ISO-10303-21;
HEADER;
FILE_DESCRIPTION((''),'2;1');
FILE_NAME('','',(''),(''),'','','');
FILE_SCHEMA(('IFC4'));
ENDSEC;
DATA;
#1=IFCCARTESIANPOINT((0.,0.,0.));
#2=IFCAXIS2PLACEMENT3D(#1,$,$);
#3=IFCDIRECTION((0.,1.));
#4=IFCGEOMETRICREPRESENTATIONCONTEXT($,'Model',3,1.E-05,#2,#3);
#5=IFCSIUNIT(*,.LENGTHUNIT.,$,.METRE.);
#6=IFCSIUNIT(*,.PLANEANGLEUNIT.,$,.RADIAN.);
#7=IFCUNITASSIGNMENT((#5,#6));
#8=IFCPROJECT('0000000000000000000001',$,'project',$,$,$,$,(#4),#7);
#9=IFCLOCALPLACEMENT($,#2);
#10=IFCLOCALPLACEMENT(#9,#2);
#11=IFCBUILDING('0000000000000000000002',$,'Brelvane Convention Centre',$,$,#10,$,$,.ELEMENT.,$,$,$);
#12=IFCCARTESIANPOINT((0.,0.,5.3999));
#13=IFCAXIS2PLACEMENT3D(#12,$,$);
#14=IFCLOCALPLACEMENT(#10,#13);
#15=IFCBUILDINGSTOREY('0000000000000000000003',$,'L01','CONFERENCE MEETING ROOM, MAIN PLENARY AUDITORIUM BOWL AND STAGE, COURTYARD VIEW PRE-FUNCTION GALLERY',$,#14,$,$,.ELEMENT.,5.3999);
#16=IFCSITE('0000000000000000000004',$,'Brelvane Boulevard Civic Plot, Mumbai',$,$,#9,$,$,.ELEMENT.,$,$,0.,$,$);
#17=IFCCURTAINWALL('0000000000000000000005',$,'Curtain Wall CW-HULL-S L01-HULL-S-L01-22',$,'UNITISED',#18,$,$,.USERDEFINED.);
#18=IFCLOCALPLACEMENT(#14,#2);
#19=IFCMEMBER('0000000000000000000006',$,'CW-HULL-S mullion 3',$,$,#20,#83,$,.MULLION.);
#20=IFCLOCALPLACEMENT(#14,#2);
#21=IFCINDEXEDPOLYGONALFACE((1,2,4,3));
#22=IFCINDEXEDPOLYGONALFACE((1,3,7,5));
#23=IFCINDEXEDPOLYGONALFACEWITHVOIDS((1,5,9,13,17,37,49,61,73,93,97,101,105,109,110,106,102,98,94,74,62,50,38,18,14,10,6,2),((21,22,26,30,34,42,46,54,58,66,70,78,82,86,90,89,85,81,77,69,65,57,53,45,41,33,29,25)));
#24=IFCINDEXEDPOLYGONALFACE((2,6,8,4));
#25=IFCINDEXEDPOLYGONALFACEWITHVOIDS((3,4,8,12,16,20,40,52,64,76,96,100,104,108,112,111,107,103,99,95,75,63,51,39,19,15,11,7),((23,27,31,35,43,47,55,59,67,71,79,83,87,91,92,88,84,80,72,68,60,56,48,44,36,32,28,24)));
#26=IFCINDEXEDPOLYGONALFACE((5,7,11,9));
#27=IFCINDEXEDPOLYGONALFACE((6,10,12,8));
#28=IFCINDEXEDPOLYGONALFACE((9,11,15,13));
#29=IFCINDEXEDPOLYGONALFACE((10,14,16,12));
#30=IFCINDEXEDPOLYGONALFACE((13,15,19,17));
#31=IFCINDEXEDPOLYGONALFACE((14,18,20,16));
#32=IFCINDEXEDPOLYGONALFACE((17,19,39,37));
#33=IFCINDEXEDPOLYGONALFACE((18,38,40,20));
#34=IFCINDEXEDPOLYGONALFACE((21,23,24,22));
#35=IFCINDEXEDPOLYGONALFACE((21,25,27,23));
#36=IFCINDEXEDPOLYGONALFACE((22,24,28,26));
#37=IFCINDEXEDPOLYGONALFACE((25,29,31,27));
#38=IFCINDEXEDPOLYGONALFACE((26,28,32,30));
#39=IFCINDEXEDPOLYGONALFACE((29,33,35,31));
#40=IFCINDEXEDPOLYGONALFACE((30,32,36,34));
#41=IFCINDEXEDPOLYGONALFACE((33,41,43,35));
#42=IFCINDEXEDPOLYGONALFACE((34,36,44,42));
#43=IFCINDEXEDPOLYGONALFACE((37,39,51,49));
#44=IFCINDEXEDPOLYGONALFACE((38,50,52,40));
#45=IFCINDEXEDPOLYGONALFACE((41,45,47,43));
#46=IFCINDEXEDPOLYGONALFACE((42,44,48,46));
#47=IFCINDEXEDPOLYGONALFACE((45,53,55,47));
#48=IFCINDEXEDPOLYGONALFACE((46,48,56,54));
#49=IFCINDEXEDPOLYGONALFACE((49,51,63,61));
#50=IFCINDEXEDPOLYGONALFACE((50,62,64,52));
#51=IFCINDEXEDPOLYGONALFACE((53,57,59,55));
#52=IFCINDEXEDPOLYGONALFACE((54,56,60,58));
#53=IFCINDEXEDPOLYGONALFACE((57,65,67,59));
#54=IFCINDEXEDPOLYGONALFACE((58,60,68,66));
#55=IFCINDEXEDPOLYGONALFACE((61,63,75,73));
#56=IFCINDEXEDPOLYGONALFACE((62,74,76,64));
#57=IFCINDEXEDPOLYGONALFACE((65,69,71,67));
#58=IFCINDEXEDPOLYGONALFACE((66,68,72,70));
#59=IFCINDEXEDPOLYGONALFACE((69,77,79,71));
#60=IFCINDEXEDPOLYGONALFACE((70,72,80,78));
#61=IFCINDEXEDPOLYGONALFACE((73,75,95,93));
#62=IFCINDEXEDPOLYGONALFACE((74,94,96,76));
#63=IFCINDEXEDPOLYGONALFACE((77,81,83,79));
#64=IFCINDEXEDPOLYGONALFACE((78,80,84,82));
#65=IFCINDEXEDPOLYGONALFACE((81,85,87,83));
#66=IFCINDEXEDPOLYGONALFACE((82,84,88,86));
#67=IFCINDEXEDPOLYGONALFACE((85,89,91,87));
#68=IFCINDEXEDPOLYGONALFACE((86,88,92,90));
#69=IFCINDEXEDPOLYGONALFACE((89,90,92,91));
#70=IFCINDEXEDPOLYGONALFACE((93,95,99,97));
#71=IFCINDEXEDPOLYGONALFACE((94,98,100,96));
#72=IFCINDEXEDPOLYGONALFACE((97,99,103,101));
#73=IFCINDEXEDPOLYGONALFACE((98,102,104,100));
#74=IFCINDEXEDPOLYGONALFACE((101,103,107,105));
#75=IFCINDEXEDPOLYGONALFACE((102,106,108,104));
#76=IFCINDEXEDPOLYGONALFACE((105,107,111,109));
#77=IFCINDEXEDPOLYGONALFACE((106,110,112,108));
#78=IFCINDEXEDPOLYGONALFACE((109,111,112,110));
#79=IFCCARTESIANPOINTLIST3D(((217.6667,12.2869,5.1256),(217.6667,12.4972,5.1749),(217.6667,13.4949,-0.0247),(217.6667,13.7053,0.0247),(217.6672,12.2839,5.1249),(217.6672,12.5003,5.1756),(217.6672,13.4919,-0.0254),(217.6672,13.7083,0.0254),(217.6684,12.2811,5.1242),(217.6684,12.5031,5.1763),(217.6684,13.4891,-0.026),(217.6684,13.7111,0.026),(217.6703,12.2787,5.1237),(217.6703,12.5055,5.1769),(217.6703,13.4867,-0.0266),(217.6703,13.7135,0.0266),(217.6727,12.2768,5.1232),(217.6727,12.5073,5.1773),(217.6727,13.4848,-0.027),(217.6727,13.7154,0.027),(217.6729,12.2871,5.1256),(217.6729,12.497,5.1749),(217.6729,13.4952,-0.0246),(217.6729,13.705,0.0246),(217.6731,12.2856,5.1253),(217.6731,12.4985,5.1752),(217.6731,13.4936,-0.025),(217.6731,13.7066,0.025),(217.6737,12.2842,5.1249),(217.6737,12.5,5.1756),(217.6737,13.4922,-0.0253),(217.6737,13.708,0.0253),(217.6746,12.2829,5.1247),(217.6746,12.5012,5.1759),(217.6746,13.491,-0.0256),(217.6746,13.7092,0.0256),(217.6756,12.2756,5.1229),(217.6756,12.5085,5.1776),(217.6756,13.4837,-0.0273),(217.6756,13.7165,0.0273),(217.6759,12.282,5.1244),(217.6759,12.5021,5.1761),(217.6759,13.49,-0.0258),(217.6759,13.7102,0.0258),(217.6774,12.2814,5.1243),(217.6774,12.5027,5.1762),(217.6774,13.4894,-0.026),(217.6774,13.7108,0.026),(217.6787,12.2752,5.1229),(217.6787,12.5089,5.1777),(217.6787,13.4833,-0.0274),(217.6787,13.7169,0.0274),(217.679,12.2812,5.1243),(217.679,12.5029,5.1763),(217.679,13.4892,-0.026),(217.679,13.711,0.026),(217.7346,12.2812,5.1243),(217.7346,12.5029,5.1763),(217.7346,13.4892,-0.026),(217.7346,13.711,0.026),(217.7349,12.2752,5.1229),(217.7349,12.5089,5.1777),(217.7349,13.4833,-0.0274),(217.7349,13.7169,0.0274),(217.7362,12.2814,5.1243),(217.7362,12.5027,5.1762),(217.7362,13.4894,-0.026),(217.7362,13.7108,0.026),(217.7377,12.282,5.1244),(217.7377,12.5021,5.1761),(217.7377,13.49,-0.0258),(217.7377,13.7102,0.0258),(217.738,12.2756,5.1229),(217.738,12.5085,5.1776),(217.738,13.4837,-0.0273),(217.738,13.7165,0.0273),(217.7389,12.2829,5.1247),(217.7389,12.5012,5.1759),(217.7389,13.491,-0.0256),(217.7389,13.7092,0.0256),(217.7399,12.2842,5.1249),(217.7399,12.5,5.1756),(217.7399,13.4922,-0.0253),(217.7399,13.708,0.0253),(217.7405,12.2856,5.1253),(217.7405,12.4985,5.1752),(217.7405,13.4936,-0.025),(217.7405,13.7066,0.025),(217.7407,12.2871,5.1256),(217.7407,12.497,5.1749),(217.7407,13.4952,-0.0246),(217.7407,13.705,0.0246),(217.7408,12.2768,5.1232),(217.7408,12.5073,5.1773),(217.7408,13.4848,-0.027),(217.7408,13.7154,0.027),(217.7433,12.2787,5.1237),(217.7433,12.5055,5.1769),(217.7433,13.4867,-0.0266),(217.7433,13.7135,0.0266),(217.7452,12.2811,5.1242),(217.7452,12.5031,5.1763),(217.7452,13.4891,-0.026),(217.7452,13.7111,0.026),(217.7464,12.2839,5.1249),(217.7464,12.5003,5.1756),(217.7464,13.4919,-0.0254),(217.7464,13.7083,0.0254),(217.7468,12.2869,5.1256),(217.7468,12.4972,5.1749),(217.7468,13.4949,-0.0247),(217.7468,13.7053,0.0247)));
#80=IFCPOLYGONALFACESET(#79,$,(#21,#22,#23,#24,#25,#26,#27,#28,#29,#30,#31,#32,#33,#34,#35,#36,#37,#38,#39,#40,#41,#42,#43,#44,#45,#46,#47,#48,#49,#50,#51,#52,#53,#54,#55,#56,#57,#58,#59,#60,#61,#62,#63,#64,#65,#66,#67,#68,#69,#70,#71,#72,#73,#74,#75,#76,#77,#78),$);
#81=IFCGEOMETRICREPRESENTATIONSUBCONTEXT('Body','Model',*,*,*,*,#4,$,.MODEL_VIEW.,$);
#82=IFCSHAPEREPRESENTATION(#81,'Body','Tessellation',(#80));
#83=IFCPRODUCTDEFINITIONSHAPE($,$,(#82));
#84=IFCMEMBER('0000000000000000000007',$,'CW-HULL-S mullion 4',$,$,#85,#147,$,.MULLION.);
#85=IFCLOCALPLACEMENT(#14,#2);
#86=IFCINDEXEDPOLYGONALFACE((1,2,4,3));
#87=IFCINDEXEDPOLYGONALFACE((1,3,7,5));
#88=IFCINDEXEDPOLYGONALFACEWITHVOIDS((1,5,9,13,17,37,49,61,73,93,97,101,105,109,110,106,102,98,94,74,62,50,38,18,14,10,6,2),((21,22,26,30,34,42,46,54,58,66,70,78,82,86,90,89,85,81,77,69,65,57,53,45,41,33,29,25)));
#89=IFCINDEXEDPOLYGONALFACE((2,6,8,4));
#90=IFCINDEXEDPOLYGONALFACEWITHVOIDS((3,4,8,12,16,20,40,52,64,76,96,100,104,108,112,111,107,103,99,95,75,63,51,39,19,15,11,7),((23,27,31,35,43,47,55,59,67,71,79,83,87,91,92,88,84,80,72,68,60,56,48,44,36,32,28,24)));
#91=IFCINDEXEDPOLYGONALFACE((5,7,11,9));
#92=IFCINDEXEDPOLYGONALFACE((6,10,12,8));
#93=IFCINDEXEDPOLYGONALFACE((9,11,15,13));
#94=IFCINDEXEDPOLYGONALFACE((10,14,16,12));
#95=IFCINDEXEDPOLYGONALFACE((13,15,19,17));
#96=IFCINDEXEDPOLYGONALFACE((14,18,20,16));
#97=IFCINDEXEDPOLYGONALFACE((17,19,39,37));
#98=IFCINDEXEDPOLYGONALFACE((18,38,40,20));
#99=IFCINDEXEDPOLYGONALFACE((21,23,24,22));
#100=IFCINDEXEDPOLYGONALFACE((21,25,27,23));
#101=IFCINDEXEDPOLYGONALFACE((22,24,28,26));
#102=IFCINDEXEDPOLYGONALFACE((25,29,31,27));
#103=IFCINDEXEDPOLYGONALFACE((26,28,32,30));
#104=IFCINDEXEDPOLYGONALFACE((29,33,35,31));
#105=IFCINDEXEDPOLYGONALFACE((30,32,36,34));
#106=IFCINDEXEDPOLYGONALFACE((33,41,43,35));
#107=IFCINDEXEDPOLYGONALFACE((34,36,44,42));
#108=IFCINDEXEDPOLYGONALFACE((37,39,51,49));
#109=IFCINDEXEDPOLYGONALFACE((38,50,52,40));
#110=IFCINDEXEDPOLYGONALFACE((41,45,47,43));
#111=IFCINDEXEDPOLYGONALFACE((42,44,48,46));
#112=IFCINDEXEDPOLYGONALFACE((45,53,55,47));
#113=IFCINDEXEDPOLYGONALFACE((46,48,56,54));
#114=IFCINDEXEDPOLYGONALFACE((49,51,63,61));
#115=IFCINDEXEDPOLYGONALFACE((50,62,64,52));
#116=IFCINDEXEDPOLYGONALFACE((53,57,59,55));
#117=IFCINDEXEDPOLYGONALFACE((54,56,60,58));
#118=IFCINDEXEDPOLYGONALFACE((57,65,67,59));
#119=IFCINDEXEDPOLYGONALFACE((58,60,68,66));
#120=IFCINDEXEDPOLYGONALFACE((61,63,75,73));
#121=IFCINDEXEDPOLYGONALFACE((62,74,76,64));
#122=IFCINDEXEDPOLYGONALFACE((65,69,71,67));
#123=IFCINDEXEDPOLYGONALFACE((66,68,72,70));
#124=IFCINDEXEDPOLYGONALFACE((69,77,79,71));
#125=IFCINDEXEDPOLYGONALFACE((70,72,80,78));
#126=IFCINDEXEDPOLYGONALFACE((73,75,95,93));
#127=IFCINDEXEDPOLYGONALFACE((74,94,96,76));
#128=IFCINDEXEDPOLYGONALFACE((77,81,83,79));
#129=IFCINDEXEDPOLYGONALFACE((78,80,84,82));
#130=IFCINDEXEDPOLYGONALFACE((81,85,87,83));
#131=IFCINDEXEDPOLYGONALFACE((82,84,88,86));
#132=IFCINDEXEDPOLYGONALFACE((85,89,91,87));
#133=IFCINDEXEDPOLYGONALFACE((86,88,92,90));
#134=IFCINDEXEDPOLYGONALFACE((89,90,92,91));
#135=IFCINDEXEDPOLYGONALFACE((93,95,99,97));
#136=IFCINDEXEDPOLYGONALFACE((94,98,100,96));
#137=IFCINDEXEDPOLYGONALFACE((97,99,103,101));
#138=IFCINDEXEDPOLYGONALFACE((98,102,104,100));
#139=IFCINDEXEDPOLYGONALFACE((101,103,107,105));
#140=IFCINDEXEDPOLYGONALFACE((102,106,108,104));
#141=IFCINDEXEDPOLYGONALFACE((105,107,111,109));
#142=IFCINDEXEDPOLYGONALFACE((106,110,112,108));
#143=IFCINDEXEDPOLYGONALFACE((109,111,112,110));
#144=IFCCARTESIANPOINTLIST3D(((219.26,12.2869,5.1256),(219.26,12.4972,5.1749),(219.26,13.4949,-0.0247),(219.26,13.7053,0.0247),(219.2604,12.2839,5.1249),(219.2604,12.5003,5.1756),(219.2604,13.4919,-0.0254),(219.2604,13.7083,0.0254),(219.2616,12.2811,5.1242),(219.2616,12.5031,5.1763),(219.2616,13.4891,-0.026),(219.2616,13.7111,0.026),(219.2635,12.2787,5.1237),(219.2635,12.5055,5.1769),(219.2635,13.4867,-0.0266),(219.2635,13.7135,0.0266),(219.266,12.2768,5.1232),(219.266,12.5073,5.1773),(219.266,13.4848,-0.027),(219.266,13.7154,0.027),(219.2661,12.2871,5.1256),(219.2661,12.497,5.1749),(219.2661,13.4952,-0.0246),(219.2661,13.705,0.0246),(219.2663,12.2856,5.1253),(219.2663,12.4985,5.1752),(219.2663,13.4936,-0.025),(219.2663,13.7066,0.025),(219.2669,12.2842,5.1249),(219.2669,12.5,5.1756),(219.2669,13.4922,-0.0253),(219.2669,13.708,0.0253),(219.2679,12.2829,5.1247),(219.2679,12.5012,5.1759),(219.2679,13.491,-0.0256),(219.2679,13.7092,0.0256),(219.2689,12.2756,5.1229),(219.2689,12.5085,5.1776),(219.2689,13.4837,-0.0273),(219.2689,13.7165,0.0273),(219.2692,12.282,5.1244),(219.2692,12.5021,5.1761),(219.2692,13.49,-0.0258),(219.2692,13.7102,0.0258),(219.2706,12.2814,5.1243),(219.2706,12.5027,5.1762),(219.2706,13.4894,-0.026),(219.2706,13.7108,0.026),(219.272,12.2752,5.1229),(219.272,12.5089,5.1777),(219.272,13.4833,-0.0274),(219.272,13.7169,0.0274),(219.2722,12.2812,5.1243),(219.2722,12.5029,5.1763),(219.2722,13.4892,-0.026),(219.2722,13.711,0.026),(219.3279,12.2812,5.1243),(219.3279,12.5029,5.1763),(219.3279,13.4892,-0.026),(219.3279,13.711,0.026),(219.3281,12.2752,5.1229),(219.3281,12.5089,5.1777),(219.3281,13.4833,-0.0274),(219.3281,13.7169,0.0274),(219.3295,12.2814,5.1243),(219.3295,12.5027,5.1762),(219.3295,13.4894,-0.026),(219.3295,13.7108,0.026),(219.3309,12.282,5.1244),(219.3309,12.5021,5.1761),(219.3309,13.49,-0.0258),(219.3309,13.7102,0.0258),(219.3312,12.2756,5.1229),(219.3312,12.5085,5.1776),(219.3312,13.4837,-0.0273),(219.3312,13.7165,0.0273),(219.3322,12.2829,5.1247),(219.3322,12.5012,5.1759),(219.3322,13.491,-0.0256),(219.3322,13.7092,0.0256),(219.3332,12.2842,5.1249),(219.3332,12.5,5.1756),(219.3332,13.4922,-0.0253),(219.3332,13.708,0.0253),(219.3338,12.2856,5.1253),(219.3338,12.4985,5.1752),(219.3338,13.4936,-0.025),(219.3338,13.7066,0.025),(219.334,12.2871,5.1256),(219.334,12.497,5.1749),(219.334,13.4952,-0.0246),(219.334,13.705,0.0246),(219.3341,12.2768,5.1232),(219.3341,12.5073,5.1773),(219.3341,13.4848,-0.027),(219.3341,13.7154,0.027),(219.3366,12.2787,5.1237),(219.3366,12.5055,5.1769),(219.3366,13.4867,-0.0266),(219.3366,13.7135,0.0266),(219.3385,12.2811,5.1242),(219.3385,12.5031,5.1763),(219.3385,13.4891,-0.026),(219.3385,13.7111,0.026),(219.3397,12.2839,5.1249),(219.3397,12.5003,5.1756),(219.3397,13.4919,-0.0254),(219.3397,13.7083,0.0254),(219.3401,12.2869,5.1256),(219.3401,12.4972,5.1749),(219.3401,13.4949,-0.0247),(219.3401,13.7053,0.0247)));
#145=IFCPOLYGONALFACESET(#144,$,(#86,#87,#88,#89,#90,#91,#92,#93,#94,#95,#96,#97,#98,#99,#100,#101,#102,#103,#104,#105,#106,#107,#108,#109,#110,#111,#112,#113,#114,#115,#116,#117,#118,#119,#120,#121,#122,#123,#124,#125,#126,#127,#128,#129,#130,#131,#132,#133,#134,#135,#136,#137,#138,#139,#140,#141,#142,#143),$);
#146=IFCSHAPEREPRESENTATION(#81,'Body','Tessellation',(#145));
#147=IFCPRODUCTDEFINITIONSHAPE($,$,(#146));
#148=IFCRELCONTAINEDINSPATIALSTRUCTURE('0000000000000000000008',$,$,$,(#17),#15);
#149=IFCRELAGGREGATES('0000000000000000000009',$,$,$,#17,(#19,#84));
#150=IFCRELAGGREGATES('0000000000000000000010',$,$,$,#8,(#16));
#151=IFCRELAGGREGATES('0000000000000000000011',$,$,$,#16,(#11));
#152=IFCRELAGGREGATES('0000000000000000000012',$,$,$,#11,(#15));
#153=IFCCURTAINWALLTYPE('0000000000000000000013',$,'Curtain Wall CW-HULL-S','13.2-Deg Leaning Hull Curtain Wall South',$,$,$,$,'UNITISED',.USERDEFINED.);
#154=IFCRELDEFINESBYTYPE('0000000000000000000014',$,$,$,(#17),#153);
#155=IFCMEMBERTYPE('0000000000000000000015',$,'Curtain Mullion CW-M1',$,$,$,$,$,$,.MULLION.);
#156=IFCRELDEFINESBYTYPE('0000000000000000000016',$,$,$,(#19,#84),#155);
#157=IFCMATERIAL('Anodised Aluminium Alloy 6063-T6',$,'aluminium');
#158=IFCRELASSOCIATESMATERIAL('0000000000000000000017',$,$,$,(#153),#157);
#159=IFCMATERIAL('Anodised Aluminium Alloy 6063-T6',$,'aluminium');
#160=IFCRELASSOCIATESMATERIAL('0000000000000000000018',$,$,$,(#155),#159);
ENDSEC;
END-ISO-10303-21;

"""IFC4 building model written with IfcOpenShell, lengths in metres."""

from ifc_helpers import new_model, si_unit, direction, frame, origin, origin_2d, place, context, subcontext, project, spatial, hollow_rectangle, extrude, material, material_profile, profile_set, type_object, element, aggregate, save


model = new_model("IFC4")

# Units and contexts
model_context = context("Model", 3, precision=1e-05, world=origin(), true_north=direction((0.0, 1.0)))
body_context = subcontext(model_context, "Body", "Model", "MODEL_VIEW")
ifc_project = project(units=[si_unit("LENGTHUNIT", "METRE"), si_unit("PLANEANGLEUNIT", "RADIAN")], contexts=[model_context])

# Site, building, storey
site_placement = place(None, origin())
site = spatial("IfcSite", under=ifc_project, at=site_placement, Name="Brelvane Boulevard Civic Plot, Mumbai", CompositionType="ELEMENT", RefElevation=0.0)
building_placement = place(site_placement, origin())
building = spatial("IfcBuilding", under=site, at=building_placement, Name="Brelvane Convention Centre", CompositionType="ELEMENT")
storey_placement = place(building_placement, frame((0.0, 0.0, 5.3999)))
storey = spatial("IfcBuildingStorey", under=building, at=storey_placement, Name="L01", Description="CONFERENCE MEETING ROOM, MAIN PLENARY AUDITORIUM BOWL AND STAGE, COURTYARD VIEW PRE-FUNCTION GALLERY", CompositionType="ELEMENT", Elevation=5.3999)

# Curtain wall, members
ifc_material_1 = material(Name="Anodised Aluminium Alloy 6063-T6", Category="aluminium")
curtain_wall_type = type_object("IfcCurtainWallType", Name="Curtain Wall CW-HULL-S", Description="13.2-Deg Leaning Hull Curtain Wall South", ElementType="UNITISED", PredefinedType="USERDEFINED", material=ifc_material_1)
curtain_wall_placement = place(storey_placement, origin())
curtain_wall = element("IfcCurtainWall", 1, at=curtain_wall_placement, inside=storey, type_object=curtain_wall_type, Name="Curtain Wall CW-HULL-S L01-HULL-S-L01-22", ObjectType="UNITISED", PredefinedType="USERDEFINED")
ifc_material_2 = material(Name="Anodised Aluminium Alloy 6063-T6", Category="aluminium")
ifc_material_profile_1 = material_profile(ifc_material_2, hollow_rectangle(XDim=0.0801, YDim=0.24, WallThickness=0.0061, InnerFilletRadius=0.0061, OuterFilletRadius=0.012, at=origin_2d()), Name="ALU-M 240x80x6.0")
ifc_profile_set_1 = profile_set([ifc_material_profile_1], Name="Anodised Aluminium Alloy 6063-T6")
member_type_1 = type_object("IfcMemberType", Name="Curtain Mullion CW-M1", PredefinedType="MULLION", material=ifc_profile_set_1)
member_1_placement = place(storey_placement, frame((217.7068, 13.6001, 0.0), z_axis=(0.0, -0.22836, 0.973577), x_axis=(1.0, 0.0, 0.0)))
member_1 = element("IfcMember", 2, at=member_1_placement, type_object=member_type_1, Name="CW-HULL-S mullion 3", PredefinedType="MULLION", context=body_context, shape_type="SweptSolid", body=[
    extrude(hollow_rectangle(XDim=0.0801, YDim=0.24, WallThickness=0.0061, InnerFilletRadius=0.0061, OuterFilletRadius=0.012, at=origin_2d()), origin(), (0.0, 0.0, 1.0), 5.29),
])
member_2_placement = place(storey_placement, frame((219.3, 13.6001, 0.0), z_axis=(0.0, -0.22836, 0.973577), x_axis=(1.0, 0.0, 0.0)))
member_2 = element("IfcMember", 3, at=member_2_placement, type_object=member_type_1, Name="CW-HULL-S mullion 4", PredefinedType="MULLION", context=body_context, shape_type="SweptSolid", body=[
    extrude(hollow_rectangle(XDim=0.0801, YDim=0.24, WallThickness=0.0061, InnerFilletRadius=0.0061, OuterFilletRadius=0.012, at=origin_2d()), origin(), (0.0, 0.0, 1.0), 5.29),
])
aggregate(curtain_wall, [member_1, member_2])

save(model, "model.ifc")
